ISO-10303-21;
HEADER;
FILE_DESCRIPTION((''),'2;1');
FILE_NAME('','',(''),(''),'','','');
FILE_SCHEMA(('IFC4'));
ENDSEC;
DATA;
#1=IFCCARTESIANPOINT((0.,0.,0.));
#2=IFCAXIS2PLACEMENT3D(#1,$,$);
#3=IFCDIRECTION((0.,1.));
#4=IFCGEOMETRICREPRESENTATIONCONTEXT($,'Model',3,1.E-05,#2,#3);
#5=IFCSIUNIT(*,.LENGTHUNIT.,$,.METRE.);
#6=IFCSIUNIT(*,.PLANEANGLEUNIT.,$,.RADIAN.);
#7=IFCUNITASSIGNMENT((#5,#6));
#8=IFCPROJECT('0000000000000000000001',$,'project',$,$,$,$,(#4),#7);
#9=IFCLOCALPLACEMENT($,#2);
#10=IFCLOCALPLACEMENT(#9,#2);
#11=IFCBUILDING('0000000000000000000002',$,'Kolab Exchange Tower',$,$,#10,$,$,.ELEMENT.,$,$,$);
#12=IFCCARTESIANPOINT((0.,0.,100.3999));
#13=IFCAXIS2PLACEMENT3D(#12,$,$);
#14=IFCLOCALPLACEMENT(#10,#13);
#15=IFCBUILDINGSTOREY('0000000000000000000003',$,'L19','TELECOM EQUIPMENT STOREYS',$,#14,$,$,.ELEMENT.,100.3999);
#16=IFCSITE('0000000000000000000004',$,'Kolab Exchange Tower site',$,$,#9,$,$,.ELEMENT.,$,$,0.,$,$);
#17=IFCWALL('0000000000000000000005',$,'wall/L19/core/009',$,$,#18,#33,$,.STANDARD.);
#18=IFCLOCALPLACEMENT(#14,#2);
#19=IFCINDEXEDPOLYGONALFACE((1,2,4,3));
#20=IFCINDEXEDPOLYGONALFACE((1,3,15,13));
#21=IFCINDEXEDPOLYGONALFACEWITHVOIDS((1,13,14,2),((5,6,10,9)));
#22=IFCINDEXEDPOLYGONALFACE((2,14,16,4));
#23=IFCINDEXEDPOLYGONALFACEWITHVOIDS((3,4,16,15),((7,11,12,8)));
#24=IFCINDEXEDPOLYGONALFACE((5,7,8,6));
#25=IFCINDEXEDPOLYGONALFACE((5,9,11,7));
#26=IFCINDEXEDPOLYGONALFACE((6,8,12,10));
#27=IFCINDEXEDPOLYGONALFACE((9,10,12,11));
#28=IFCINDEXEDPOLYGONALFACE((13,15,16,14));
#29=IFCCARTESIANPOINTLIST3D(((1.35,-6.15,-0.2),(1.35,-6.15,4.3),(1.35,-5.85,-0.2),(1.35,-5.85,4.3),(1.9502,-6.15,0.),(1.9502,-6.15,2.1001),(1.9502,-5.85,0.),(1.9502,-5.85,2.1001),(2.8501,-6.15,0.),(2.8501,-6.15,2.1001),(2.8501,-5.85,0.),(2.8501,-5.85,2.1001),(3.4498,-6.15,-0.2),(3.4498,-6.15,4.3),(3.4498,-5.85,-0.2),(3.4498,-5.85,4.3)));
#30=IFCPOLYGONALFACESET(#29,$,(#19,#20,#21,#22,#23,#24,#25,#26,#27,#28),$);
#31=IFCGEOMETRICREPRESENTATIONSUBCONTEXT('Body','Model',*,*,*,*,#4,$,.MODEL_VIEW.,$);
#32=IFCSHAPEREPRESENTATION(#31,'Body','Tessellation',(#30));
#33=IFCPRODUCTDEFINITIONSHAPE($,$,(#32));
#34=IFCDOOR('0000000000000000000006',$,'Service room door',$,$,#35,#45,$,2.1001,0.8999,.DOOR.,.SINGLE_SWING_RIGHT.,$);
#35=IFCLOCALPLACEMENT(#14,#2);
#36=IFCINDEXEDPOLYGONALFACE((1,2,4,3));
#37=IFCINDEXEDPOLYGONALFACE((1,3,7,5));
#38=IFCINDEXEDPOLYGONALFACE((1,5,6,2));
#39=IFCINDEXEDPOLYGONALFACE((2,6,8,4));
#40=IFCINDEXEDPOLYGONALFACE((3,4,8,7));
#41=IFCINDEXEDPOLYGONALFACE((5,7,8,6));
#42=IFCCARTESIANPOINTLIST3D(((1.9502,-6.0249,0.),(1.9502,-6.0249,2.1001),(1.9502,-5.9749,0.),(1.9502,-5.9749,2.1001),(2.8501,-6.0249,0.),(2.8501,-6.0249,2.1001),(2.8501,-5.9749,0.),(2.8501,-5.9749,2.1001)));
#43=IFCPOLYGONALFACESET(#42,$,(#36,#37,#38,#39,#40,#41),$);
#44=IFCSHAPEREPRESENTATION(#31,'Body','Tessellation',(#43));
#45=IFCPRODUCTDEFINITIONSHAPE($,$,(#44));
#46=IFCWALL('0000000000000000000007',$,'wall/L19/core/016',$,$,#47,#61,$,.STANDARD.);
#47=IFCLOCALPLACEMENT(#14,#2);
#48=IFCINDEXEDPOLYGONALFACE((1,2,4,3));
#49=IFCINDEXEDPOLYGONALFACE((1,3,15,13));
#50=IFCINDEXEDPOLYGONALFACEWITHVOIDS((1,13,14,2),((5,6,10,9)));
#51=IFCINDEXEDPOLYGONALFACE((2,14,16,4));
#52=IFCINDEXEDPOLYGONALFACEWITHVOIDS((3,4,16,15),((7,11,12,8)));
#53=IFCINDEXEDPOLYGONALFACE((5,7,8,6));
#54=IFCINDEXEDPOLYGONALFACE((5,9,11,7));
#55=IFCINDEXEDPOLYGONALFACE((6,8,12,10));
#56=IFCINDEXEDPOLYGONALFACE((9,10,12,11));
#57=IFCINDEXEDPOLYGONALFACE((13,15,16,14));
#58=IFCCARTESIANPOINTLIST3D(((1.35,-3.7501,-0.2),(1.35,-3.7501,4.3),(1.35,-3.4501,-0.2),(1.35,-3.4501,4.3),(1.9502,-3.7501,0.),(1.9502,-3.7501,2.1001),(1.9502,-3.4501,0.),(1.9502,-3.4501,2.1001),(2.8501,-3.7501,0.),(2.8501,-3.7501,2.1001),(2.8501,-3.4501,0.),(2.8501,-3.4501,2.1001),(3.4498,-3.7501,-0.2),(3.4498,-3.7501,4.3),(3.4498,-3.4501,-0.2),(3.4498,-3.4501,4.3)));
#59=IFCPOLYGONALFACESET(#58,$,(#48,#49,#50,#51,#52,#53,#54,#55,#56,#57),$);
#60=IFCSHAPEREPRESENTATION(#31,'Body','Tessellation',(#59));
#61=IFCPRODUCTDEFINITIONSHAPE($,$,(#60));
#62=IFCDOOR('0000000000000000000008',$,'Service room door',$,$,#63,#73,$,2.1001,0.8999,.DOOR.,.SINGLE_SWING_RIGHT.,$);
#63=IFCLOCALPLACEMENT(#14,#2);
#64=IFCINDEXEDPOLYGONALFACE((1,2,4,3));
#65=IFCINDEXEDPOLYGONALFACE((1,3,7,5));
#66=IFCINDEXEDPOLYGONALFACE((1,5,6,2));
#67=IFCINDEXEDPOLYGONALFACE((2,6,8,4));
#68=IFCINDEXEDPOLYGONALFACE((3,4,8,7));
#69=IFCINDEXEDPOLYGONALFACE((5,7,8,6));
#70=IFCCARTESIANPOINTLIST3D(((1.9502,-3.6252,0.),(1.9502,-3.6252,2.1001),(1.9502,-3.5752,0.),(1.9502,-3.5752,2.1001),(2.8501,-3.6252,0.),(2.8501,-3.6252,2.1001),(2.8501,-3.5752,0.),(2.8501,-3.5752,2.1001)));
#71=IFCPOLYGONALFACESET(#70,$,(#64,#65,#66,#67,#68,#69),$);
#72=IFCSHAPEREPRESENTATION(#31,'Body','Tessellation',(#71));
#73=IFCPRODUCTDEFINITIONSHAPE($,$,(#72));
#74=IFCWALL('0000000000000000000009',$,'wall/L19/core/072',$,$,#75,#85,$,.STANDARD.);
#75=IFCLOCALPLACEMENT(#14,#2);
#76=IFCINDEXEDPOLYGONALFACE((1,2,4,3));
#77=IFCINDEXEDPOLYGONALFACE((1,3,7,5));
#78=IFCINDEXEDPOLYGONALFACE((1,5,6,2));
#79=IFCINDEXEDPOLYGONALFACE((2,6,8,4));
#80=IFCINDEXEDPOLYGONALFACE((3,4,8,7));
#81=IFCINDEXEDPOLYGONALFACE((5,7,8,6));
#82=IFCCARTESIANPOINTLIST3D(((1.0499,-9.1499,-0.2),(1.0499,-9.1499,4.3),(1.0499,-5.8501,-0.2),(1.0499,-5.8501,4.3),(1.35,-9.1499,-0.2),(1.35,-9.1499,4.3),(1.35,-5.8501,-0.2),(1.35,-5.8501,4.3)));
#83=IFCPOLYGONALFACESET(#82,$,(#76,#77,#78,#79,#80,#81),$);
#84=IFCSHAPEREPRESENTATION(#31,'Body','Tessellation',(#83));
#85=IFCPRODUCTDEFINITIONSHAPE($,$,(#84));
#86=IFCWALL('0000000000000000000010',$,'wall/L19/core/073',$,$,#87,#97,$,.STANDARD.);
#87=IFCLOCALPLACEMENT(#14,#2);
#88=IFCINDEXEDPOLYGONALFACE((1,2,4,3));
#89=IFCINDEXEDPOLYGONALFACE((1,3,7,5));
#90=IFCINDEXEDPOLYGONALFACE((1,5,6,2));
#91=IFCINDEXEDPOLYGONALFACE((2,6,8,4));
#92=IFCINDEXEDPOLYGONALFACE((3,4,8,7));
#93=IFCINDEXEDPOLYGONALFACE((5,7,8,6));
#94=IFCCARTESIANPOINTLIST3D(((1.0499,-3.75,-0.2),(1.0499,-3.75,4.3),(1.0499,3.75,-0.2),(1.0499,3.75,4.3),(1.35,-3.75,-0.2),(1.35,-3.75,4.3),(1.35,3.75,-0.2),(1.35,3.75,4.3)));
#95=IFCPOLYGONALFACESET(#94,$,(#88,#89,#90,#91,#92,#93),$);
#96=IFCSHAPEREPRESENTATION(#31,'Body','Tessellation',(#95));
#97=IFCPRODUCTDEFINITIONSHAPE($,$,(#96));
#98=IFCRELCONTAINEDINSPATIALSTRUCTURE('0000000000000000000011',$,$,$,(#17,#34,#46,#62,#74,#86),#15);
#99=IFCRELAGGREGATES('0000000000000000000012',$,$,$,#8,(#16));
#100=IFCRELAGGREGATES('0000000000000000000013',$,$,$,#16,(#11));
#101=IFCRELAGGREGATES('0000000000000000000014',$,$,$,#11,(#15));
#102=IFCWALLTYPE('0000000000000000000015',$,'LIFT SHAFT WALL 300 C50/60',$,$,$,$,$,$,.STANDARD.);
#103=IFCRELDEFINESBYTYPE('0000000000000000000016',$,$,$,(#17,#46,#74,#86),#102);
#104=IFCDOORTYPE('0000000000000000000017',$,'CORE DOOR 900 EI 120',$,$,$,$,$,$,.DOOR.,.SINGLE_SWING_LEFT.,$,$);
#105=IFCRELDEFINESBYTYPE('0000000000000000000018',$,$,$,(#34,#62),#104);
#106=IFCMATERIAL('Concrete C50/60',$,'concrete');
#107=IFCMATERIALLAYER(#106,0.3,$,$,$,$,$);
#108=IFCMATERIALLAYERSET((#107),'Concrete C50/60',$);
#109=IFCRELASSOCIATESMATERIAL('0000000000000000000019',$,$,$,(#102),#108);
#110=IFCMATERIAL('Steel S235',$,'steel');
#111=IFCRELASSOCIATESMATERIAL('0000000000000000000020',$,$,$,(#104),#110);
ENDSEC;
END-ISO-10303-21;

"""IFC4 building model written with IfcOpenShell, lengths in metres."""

from ifc_helpers import new_model, si_unit, direction, frame, frame_2d, origin, place, context, subcontext, project, spatial, rectangle, extrude, material, layer, layer_set, type_object, element, fill, save


model = new_model("IFC4")

# Units and contexts
model_context = context("Model", 3, precision=1e-05, world=origin(), true_north=direction((0.0, 1.0)))
body_context = subcontext(model_context, "Body", "Model", "MODEL_VIEW")
ifc_project = project(units=[si_unit("LENGTHUNIT", "METRE"), si_unit("PLANEANGLEUNIT", "RADIAN")], contexts=[model_context])

# Site, building, storey
site_placement = place(None, origin())
site = spatial("IfcSite", under=ifc_project, at=site_placement, Name="Kolab Exchange Tower site", CompositionType="ELEMENT", RefElevation=0.0)
building_placement = place(site_placement, origin())
building = spatial("IfcBuilding", under=site, at=building_placement, Name="Kolab Exchange Tower", CompositionType="ELEMENT")
storey_placement = place(building_placement, frame((0.0, 0.0, 100.3999)))
storey = spatial("IfcBuildingStorey", under=building, at=storey_placement, Name="L19", Description="TELECOM EQUIPMENT STOREYS", CompositionType="ELEMENT", Elevation=100.3999)

# Walls, openings, doors
ifc_material_1 = material(Name="Concrete C50/60", Category="concrete")
ifc_layer_1 = layer(ifc_material_1, 0.3)
ifc_layer_set_1 = layer_set([ifc_layer_1], Name="Concrete C50/60")
wall_type = type_object("IfcWallType", Name="LIFT SHAFT WALL 300 C50/60", PredefinedType="STANDARD", material=ifc_layer_set_1)
wall_1_placement = place(storey_placement, frame((1.3501, -6.0, -0.2), z_axis=(0.0, 0.0, 1.0), x_axis=(1.0, 0.0, 0.0)))
wall_1 = element("IfcWall", 1, at=wall_1_placement, inside=storey, type_object=wall_type, Name="wall/L19/core/009", PredefinedType="STANDARD", context=body_context, shape_type="SweptSolid", body=[
    extrude(rectangle(XDim=2.0999, YDim=0.3, at=frame_2d((1.0498, 0.0))), origin(), (0.0, 0.0, 1.0), 4.5),
])
opening_1_placement = place(wall_1_placement, frame((0.6001, 0.0, 0.2)))
opening_1 = element("IfcOpeningElement", 2, at=opening_1_placement, cuts=wall_1, PredefinedType="OPENING", context=body_context, shape_type="SweptSolid", body=[
    extrude(rectangle(XDim=0.8999, YDim=2.1001, at=frame_2d((0.45, 1.05))), frame((0.0, 0.1602, 0.0), z_axis=(0.0, -1.0, 0.0), x_axis=(1.0, 0.0, 0.0)), (0.0, 0.0, 1.0), 0.3201),
])
ifc_material_2 = material(Name="Steel S235", Category="steel")
door_type = type_object("IfcDoorType", Name="CORE DOOR 900 EI 120", OperationType="SINGLE_SWING_LEFT", PredefinedType="DOOR", material=ifc_material_2)
door_1_placement = place(opening_1_placement, frame((0.8999, 0.0, 0.0), z_axis=(0.0, 0.0, 1.0), x_axis=(-1.0, 0.0, 0.0)))
door_1 = element("IfcDoor", 3, at=door_1_placement, inside=storey, type_object=door_type, Name="Service room door", OperationType="SINGLE_SWING_RIGHT", OverallHeight=2.1001, OverallWidth=0.8999, PredefinedType="DOOR", context=body_context, shape_type="SweptSolid", body=[
    extrude(rectangle(XDim=0.8999, YDim=2.1001, at=frame_2d((0.45, 1.05))), frame((0.0, 0.0249, 0.0), z_axis=(0.0, -1.0, 0.0), x_axis=(1.0, 0.0, 0.0)), (0.0, 0.0, 1.0), 0.05),
])
fill(opening_1, door_1)
wall_2_placement = place(storey_placement, frame((1.3501, -3.6001, -0.2), z_axis=(0.0, 0.0, 1.0), x_axis=(1.0, 0.0, 0.0)))
wall_2 = element("IfcWall", 4, at=wall_2_placement, inside=storey, type_object=wall_type, Name="wall/L19/core/016", PredefinedType="STANDARD", context=body_context, shape_type="SweptSolid", body=[
    extrude(rectangle(XDim=2.0999, YDim=0.3, at=frame_2d((1.0498, 0.0))), origin(), (0.0, 0.0, 1.0), 4.5),
])
opening_2_placement = place(wall_2_placement, frame((0.6001, 0.0, 0.2)))
opening_2 = element("IfcOpeningElement", 5, at=opening_2_placement, cuts=wall_2, PredefinedType="OPENING", context=body_context, shape_type="SweptSolid", body=[
    extrude(rectangle(XDim=0.8999, YDim=2.1001, at=frame_2d((0.45, 1.05))), frame((0.0, 0.1602, 0.0), z_axis=(0.0, -1.0, 0.0), x_axis=(1.0, 0.0, 0.0)), (0.0, 0.0, 1.0), 0.3201),
])
door_2_placement = place(opening_2_placement, origin())
door_2 = element("IfcDoor", 6, at=door_2_placement, inside=storey, type_object=door_type, Name="Service room door", OperationType="SINGLE_SWING_RIGHT", OverallHeight=2.1001, OverallWidth=0.8999, PredefinedType="DOOR", context=body_context, shape_type="SweptSolid", body=[
    extrude(rectangle(XDim=0.8999, YDim=2.1001, at=frame_2d((0.45, 1.05))), frame((0.0, 0.0249, 0.0), z_axis=(0.0, -1.0, 0.0), x_axis=(1.0, 0.0, 0.0)), (0.0, 0.0, 1.0), 0.05),
])
fill(opening_2, door_2)

# Walls
wall_3_placement = place(storey_placement, frame((1.2, -9.1499, -0.2), z_axis=(0.0, 0.0, 1.0), x_axis=(0.0, 1.0, 0.0)))
element("IfcWall", 7, at=wall_3_placement, inside=storey, type_object=wall_type, Name="wall/L19/core/072", PredefinedType="STANDARD", context=body_context, shape_type="SweptSolid", body=[
    extrude(rectangle(XDim=3.2998, YDim=0.3, at=frame_2d((1.6499, 0.0))), origin(), (0.0, 0.0, 1.0), 4.5),
])
wall_4_placement = place(storey_placement, frame((1.2, -3.75, -0.2), z_axis=(0.0, 0.0, 1.0), x_axis=(0.0, 1.0, 0.0)))
element("IfcWall", 8, at=wall_4_placement, inside=storey, type_object=wall_type, Name="wall/L19/core/073", PredefinedType="STANDARD", context=body_context, shape_type="SweptSolid", body=[
    extrude(rectangle(XDim=7.5, YDim=0.3, at=frame_2d((3.75, 0.0))), origin(), (0.0, 0.0, 1.0), 4.5),
])

save(model, "model.ifc")
